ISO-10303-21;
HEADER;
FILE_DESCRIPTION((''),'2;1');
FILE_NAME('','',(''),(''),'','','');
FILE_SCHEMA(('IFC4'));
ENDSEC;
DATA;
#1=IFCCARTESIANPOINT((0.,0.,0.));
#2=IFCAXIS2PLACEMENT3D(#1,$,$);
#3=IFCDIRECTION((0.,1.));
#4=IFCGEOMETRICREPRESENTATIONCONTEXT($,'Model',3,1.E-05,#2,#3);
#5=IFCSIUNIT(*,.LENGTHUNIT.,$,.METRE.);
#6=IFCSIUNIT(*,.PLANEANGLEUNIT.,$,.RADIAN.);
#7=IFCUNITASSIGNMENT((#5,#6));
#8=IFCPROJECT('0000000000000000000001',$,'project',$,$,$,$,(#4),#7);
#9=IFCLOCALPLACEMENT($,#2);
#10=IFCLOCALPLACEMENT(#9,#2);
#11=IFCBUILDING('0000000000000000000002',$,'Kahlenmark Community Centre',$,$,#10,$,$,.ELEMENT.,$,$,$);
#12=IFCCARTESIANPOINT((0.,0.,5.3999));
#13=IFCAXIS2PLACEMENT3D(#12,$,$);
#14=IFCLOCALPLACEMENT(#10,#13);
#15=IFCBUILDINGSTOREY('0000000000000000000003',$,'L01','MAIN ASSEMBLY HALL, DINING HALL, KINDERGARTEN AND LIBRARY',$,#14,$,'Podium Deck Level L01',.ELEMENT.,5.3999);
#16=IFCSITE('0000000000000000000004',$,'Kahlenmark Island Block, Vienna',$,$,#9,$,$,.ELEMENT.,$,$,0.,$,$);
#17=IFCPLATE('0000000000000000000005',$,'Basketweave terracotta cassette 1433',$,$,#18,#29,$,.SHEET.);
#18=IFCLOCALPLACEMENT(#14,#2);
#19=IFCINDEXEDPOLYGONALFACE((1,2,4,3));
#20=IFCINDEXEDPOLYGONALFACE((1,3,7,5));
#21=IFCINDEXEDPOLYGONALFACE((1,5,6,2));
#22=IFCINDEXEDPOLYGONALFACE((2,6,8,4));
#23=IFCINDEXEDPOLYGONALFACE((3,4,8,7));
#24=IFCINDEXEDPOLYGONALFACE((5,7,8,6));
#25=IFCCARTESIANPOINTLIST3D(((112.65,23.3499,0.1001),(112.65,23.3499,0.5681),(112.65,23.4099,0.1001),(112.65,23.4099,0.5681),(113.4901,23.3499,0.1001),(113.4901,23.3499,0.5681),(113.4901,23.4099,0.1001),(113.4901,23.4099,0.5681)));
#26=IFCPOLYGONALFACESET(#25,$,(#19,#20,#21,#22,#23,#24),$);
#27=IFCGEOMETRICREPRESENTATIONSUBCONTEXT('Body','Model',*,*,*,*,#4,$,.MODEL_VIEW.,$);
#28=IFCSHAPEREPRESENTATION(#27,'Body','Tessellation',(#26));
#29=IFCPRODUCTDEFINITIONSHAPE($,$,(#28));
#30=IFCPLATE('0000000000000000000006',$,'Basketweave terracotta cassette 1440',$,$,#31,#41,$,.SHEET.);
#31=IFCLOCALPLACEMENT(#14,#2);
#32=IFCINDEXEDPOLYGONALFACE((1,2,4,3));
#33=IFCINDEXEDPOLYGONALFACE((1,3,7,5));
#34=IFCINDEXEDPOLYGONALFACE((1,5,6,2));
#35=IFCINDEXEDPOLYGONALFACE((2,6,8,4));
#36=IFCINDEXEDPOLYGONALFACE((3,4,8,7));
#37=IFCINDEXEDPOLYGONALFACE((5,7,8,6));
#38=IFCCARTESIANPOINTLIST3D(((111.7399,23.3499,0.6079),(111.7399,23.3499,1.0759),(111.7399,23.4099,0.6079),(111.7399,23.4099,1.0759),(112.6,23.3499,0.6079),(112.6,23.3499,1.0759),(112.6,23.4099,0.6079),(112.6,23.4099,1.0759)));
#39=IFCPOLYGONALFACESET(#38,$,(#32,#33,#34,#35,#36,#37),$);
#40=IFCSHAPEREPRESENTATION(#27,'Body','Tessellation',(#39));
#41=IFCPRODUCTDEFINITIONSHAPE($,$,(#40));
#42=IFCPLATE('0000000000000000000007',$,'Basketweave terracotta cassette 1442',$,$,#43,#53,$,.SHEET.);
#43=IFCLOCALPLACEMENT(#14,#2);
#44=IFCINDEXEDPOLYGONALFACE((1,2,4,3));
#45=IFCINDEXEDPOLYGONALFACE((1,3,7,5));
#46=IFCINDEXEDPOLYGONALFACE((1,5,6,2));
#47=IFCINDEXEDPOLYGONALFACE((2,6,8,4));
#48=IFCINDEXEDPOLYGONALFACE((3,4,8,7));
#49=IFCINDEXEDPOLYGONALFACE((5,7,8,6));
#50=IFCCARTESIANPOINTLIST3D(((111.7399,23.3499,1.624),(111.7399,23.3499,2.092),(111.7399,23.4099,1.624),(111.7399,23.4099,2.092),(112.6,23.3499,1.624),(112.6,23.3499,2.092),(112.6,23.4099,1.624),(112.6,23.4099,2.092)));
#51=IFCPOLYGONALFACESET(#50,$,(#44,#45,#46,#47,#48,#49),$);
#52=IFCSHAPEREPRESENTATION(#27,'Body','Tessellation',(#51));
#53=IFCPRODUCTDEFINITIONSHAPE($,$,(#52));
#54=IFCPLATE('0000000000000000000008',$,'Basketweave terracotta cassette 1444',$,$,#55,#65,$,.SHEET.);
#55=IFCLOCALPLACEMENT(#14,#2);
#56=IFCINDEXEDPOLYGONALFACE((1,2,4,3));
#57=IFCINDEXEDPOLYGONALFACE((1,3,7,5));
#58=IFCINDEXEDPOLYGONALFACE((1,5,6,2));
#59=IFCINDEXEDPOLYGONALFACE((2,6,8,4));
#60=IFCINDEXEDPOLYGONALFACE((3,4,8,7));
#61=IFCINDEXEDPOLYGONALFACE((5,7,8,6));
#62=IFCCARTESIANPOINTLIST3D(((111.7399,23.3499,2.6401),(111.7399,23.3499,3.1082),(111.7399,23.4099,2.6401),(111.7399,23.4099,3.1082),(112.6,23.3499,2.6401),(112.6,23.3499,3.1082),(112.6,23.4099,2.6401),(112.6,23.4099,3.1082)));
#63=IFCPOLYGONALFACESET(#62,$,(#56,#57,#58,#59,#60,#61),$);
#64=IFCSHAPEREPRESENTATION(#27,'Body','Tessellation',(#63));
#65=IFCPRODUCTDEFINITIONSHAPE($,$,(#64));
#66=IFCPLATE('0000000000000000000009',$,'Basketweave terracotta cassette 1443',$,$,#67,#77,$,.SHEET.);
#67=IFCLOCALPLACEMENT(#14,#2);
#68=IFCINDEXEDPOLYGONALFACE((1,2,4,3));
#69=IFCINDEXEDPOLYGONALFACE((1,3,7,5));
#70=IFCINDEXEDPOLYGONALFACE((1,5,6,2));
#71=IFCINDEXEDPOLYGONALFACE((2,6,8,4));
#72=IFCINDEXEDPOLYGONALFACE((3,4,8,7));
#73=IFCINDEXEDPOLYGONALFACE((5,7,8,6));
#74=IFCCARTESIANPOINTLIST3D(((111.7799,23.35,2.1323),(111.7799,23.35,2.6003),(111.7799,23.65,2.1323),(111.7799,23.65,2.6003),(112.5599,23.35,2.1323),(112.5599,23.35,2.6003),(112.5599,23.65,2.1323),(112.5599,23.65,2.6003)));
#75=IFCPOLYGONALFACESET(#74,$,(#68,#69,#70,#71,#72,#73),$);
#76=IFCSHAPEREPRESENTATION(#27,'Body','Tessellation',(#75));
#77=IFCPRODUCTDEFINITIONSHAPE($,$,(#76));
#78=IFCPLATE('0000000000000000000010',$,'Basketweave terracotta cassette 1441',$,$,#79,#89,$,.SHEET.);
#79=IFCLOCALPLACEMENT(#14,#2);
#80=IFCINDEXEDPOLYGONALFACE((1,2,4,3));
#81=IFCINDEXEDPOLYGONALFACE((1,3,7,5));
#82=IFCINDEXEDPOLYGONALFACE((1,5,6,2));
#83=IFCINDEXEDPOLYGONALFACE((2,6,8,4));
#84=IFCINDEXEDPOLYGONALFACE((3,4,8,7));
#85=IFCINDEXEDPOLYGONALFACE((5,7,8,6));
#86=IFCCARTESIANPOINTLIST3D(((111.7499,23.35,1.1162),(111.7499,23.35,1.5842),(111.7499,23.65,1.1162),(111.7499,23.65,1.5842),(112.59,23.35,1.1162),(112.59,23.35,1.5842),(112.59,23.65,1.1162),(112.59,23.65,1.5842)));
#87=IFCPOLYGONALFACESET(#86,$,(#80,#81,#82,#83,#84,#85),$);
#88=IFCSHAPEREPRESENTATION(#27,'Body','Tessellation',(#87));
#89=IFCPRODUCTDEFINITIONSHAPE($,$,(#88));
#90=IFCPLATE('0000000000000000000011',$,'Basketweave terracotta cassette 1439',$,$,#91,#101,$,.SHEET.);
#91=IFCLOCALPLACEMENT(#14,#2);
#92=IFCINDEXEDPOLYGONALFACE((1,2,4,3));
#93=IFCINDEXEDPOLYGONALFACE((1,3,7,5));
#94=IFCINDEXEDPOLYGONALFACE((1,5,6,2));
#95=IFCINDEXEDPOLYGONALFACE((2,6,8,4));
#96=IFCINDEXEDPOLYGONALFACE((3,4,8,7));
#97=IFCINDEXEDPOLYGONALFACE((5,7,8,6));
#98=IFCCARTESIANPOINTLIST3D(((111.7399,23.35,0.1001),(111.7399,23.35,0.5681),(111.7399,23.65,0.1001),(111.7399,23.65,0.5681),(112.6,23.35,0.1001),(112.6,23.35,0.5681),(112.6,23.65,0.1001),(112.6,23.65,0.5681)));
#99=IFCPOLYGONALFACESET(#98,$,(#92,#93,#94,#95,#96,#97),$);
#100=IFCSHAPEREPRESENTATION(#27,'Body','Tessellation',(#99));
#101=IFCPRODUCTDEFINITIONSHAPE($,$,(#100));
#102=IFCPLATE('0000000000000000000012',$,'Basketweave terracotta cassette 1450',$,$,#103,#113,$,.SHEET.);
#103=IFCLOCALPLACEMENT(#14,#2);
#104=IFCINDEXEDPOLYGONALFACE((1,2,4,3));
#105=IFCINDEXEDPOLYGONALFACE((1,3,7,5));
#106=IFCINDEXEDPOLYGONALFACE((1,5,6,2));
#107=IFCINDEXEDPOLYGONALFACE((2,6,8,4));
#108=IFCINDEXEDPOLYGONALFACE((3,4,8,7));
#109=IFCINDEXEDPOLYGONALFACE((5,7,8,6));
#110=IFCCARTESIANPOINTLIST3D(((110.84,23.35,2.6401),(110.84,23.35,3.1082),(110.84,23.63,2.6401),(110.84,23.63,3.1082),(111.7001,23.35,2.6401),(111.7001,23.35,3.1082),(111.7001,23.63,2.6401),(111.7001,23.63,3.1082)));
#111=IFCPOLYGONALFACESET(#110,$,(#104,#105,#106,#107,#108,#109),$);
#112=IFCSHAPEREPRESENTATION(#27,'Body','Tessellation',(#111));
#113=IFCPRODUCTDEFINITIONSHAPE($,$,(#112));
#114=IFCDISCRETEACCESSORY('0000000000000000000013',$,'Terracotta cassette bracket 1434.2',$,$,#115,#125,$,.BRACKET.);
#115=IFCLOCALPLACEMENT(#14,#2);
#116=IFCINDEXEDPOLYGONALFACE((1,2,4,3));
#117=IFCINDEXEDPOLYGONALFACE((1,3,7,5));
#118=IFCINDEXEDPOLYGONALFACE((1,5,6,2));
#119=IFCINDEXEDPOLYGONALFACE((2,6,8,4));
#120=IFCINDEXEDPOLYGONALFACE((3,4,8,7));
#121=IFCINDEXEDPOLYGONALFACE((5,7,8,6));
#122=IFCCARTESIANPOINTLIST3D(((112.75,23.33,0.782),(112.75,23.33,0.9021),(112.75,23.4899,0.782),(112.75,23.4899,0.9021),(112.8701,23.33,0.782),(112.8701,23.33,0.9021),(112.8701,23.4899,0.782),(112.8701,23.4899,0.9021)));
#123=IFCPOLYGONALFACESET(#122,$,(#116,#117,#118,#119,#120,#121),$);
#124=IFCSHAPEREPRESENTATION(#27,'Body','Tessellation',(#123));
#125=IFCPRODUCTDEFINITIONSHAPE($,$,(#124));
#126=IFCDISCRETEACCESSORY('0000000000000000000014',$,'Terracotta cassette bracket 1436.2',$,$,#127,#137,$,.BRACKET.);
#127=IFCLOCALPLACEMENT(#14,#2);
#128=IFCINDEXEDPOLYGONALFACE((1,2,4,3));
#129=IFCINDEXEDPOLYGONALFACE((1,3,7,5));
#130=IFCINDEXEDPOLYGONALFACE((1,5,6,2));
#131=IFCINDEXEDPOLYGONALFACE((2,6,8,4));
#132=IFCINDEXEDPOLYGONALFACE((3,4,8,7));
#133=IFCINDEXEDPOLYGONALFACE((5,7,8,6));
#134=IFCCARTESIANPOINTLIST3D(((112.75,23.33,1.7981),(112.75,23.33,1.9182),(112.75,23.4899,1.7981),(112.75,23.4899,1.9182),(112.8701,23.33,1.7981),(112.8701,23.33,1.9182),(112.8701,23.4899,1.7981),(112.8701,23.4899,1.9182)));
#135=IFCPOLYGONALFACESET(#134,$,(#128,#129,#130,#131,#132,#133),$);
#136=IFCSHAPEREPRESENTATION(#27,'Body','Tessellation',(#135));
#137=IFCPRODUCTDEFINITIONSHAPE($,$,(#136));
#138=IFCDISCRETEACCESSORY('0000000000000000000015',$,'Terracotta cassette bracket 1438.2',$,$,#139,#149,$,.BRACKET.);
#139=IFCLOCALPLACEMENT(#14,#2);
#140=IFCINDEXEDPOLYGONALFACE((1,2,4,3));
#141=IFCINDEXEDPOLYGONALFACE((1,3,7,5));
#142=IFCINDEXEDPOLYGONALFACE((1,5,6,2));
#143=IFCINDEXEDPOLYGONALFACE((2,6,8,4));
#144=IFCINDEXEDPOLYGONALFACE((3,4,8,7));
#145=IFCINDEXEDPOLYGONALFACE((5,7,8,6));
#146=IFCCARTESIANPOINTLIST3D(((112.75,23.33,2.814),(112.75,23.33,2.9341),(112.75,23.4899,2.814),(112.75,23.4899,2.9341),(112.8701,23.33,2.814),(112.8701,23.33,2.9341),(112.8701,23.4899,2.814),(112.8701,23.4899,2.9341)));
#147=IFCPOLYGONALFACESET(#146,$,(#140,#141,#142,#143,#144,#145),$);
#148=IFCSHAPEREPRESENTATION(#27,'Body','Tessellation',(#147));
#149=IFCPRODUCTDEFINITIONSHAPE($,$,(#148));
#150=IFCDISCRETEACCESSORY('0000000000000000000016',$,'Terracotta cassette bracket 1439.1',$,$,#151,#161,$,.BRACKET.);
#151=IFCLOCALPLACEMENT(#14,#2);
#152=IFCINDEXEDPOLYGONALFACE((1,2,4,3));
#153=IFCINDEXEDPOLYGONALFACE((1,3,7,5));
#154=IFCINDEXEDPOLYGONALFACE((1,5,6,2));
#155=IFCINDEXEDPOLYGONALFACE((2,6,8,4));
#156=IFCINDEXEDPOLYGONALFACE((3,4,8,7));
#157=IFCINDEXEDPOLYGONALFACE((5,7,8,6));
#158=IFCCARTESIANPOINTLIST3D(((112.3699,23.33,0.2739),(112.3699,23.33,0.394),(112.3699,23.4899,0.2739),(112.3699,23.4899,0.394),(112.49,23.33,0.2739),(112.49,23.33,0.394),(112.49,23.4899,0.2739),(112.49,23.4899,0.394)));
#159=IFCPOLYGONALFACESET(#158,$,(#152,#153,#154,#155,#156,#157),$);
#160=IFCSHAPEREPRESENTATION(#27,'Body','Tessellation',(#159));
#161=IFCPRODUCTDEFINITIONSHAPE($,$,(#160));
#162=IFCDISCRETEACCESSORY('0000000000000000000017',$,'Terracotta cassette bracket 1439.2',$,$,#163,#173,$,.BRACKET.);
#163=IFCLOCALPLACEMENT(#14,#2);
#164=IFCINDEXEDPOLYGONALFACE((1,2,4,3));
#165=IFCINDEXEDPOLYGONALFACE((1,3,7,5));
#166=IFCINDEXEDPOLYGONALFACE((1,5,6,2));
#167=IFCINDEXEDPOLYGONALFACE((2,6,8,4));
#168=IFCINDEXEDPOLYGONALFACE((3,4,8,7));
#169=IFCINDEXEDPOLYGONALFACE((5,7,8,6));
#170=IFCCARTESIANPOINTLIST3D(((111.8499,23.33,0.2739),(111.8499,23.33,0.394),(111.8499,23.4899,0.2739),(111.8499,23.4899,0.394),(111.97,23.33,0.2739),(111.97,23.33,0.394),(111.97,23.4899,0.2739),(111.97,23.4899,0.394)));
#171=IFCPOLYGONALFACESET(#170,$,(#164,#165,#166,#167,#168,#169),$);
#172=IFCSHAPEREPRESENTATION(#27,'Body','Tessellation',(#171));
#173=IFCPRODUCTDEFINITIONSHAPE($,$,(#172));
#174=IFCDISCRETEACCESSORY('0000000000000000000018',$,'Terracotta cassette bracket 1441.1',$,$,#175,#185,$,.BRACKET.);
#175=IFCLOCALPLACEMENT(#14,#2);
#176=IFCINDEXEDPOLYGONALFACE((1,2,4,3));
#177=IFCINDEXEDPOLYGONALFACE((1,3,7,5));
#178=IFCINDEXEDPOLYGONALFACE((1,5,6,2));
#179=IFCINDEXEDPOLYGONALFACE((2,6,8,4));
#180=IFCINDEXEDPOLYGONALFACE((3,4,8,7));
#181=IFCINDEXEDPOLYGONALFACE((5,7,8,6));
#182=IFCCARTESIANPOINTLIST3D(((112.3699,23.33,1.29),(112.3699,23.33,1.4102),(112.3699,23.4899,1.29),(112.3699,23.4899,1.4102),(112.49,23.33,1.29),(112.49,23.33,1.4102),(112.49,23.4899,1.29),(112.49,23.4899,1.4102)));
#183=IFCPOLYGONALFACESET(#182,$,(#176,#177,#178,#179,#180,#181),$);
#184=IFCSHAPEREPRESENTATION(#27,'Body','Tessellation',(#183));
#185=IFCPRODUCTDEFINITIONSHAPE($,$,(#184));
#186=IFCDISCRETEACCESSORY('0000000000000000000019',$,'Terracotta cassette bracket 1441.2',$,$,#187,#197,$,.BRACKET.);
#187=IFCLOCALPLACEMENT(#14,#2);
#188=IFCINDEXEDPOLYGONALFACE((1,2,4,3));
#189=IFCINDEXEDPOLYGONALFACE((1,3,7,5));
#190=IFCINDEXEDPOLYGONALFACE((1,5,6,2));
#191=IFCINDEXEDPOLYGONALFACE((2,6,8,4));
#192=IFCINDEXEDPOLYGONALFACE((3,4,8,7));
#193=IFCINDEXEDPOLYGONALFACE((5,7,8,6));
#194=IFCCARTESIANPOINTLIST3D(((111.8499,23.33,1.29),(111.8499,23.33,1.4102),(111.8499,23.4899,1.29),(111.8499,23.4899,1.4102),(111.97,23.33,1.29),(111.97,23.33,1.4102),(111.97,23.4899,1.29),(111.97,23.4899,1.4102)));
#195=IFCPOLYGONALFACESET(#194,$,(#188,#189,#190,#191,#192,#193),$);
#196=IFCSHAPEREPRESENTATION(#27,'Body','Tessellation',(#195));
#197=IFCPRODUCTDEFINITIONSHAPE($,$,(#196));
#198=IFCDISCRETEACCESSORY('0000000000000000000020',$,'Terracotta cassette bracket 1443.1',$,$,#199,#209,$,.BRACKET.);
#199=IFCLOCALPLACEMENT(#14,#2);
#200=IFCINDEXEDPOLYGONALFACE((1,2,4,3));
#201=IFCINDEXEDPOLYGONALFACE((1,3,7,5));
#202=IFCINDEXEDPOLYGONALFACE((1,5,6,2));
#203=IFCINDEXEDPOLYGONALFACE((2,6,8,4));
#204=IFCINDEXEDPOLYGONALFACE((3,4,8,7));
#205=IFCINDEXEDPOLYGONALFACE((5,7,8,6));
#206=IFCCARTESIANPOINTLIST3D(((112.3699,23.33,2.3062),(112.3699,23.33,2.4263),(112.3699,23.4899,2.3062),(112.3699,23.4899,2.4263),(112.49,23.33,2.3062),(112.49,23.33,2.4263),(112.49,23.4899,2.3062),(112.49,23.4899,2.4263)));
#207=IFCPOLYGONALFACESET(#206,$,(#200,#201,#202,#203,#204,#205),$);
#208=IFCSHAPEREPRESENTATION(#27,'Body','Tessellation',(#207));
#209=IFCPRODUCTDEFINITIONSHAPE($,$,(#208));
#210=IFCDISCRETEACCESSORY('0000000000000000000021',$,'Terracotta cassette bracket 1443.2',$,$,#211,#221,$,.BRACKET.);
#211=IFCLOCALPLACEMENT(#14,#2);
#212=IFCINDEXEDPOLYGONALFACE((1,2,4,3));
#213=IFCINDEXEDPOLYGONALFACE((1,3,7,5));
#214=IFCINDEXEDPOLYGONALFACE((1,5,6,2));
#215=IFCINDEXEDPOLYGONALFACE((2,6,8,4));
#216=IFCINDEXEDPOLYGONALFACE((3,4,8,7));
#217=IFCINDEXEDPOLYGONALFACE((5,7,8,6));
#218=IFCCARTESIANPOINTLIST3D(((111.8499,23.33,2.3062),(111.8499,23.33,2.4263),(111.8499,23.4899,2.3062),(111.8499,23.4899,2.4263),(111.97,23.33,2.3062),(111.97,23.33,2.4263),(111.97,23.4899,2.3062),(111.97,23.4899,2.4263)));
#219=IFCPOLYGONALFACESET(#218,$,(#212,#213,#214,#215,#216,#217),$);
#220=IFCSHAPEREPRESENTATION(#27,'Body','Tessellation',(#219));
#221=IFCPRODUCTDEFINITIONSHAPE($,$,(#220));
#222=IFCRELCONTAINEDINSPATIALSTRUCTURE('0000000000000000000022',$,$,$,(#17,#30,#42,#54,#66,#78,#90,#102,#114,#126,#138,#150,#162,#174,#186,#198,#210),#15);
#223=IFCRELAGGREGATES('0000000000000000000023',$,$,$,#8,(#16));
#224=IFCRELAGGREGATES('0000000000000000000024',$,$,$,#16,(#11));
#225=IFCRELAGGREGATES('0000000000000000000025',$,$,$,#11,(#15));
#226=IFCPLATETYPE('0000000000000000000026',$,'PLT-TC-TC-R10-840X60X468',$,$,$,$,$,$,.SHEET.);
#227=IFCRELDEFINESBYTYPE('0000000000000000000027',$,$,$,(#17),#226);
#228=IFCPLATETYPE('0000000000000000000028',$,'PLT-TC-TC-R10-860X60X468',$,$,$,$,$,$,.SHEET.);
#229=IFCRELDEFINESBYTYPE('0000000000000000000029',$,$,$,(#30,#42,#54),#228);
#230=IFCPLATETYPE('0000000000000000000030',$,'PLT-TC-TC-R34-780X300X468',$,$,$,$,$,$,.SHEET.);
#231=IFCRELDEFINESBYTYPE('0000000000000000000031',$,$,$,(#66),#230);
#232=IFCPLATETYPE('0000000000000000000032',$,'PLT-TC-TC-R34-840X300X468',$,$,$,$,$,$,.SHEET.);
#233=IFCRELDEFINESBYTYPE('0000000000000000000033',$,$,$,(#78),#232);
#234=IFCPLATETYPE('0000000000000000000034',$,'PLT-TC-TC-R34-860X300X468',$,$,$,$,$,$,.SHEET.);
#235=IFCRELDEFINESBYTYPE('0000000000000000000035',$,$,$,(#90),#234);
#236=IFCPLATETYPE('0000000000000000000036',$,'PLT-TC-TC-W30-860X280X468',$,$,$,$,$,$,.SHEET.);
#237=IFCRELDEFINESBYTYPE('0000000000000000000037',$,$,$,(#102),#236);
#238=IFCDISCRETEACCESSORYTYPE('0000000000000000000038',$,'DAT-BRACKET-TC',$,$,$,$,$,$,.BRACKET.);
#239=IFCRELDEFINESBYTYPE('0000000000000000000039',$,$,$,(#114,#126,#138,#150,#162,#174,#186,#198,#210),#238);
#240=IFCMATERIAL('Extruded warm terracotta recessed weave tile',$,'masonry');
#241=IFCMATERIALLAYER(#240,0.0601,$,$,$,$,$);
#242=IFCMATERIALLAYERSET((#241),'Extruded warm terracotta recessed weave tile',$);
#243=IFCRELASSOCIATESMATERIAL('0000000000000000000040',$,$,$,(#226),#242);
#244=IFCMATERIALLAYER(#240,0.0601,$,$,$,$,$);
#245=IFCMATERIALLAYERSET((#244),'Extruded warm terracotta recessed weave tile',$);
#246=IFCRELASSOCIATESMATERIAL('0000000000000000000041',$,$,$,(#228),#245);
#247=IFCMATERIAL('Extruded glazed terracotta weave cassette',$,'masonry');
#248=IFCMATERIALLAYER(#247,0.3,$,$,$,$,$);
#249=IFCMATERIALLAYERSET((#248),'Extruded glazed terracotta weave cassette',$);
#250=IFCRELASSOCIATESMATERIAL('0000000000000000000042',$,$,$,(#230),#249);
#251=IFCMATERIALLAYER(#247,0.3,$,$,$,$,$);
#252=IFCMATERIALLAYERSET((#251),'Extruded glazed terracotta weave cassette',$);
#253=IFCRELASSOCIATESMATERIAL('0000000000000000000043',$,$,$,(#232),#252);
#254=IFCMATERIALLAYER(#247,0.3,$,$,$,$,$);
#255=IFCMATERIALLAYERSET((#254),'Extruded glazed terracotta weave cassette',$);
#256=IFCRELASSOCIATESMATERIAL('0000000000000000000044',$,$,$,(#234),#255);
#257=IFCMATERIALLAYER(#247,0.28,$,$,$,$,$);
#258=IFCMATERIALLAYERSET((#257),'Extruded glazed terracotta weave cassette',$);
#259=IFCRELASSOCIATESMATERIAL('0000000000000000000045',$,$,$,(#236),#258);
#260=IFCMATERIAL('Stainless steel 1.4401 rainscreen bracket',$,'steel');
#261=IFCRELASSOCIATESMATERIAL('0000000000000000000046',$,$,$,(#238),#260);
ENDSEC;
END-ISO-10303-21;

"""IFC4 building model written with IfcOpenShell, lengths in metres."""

from ifc_helpers import new_model, si_unit, direction, frame, origin, origin_2d, place, context, subcontext, project, spatial, rectangle, extrude, material, layer, layer_set, type_object, element, save


model = new_model("IFC4")

# Units and contexts
model_context = context("Model", 3, precision=1e-05, world=origin(), true_north=direction((0.0, 1.0)))
body_context = subcontext(model_context, "Body", "Model", "MODEL_VIEW")
ifc_project = project(units=[si_unit("LENGTHUNIT", "METRE"), si_unit("PLANEANGLEUNIT", "RADIAN")], contexts=[model_context])

# Site, building, storey
site_placement = place(None, origin())
site = spatial("IfcSite", under=ifc_project, at=site_placement, Name="Kahlenmark Island Block, Vienna", CompositionType="ELEMENT", RefElevation=0.0)
building_placement = place(site_placement, origin())
building = spatial("IfcBuilding", under=site, at=building_placement, Name="Kahlenmark Community Centre", CompositionType="ELEMENT")
storey_placement = place(building_placement, frame((0.0, 0.0, 5.3999)))
storey = spatial("IfcBuildingStorey", under=building, at=storey_placement, Name="L01", Description="MAIN ASSEMBLY HALL, DINING HALL, KINDERGARTEN AND LIBRARY", LongName="Podium Deck Level L01", CompositionType="ELEMENT", Elevation=5.3999)

# Plates
ifc_material_1 = material(Name="Extruded warm terracotta recessed weave tile", Category="masonry")
ifc_layer_1 = layer(ifc_material_1, 0.0601)
ifc_layer_set_1 = layer_set([ifc_layer_1], Name="Extruded warm terracotta recessed weave tile")
plate_type_1 = type_object("IfcPlateType", Name="PLT-TC-TC-R10-840X60X468", PredefinedType="SHEET", material=ifc_layer_set_1)
plate_1_placement = place(storey_placement, frame((113.0701, 23.3799, 0.1001), z_axis=(0.0, 0.0, 1.0), x_axis=(-1.0, 0.0, 0.0)))
element("IfcPlate", 1, at=plate_1_placement, inside=storey, type_object=plate_type_1, Name="Basketweave terracotta cassette 1433", PredefinedType="SHEET", context=body_context, shape_type="SweptSolid", body=[
    extrude(rectangle(XDim=0.8401, YDim=0.0601, at=origin_2d()), origin(), (0.0, 0.0, 1.0), 0.468),
])
ifc_layer_2 = layer(ifc_material_1, 0.0601)
ifc_layer_set_2 = layer_set([ifc_layer_2], Name="Extruded warm terracotta recessed weave tile")
plate_type_2 = type_object("IfcPlateType", Name="PLT-TC-TC-R10-860X60X468", PredefinedType="SHEET", material=ifc_layer_set_2)
for number, where, z_axis, x_axis, name in (
    (2, (112.1699, 23.3799, 0.6079), (0.0, 0.0, 1.0), (-1.0, 0.0, 0.0), "Basketweave terracotta cassette 1440"),
    (3, (112.1699, 23.3799, 1.624), (0.0, 0.0, 1.0), (-1.0, 0.0, 0.0), "Basketweave terracotta cassette 1442"),
    (4, (112.1699, 23.3799, 2.6401), (0.0, 0.0, 1.0), (-1.0, 0.0, 0.0), "Basketweave terracotta cassette 1444"),
):
    element("IfcPlate", number, at=place(storey_placement, frame(where, z_axis=z_axis, x_axis=x_axis)), inside=storey, type_object=plate_type_2, Name=name, PredefinedType="SHEET", context=body_context, shape_type="SweptSolid", body=[
        extrude(rectangle(XDim=0.8601, YDim=0.0601, at=origin_2d()), origin(), (0.0, 0.0, 1.0), 0.468),
    ])
ifc_material_2 = material(Name="Extruded glazed terracotta weave cassette", Category="masonry")
ifc_layer_3 = layer(ifc_material_2, 0.3)
ifc_layer_set_3 = layer_set([ifc_layer_3], Name="Extruded glazed terracotta weave cassette")
plate_type_3 = type_object("IfcPlateType", Name="PLT-TC-TC-R34-780X300X468", PredefinedType="SHEET", material=ifc_layer_set_3)
plate_2_placement = place(storey_placement, frame((112.1699, 23.5, 2.1323), z_axis=(0.0, 0.0, 1.0), x_axis=(-1.0, 0.0, 0.0)))
element("IfcPlate", 5, at=plate_2_placement, inside=storey, type_object=plate_type_3, Name="Basketweave terracotta cassette 1443", PredefinedType="SHEET", context=body_context, shape_type="SweptSolid", body=[
    extrude(rectangle(XDim=0.78, YDim=0.3, at=origin_2d()), origin(), (0.0, 0.0, 1.0), 0.468),
])
ifc_layer_4 = layer(ifc_material_2, 0.3)
ifc_layer_set_4 = layer_set([ifc_layer_4], Name="Extruded glazed terracotta weave cassette")
plate_type_4 = type_object("IfcPlateType", Name="PLT-TC-TC-R34-840X300X468", PredefinedType="SHEET", material=ifc_layer_set_4)
plate_3_placement = place(storey_placement, frame((112.1699, 23.5, 1.1162), z_axis=(0.0, 0.0, 1.0), x_axis=(-1.0, 0.0, 0.0)))
element("IfcPlate", 6, at=plate_3_placement, inside=storey, type_object=plate_type_4, Name="Basketweave terracotta cassette 1441", PredefinedType="SHEET", context=body_context, shape_type="SweptSolid", body=[
    extrude(rectangle(XDim=0.8401, YDim=0.3, at=origin_2d()), origin(), (0.0, 0.0, 1.0), 0.468),
])
ifc_layer_5 = layer(ifc_material_2, 0.3)
ifc_layer_set_5 = layer_set([ifc_layer_5], Name="Extruded glazed terracotta weave cassette")
plate_type_5 = type_object("IfcPlateType", Name="PLT-TC-TC-R34-860X300X468", PredefinedType="SHEET", material=ifc_layer_set_5)
plate_4_placement = place(storey_placement, frame((112.1699, 23.5, 0.1001), z_axis=(0.0, 0.0, 1.0), x_axis=(-1.0, 0.0, 0.0)))
element("IfcPlate", 7, at=plate_4_placement, inside=storey, type_object=plate_type_5, Name="Basketweave terracotta cassette 1439", PredefinedType="SHEET", context=body_context, shape_type="SweptSolid", body=[
    extrude(rectangle(XDim=0.8601, YDim=0.3, at=origin_2d()), origin(), (0.0, 0.0, 1.0), 0.468),
])
ifc_layer_6 = layer(ifc_material_2, 0.28)
ifc_layer_set_6 = layer_set([ifc_layer_6], Name="Extruded glazed terracotta weave cassette")
plate_type_6 = type_object("IfcPlateType", Name="PLT-TC-TC-W30-860X280X468", PredefinedType="SHEET", material=ifc_layer_set_6)
plate_5_placement = place(storey_placement, frame((111.27, 23.49, 2.6401), z_axis=(0.0, 0.0, 1.0), x_axis=(-1.0, 0.0, 0.0)))
element("IfcPlate", 8, at=plate_5_placement, inside=storey, type_object=plate_type_6, Name="Basketweave terracotta cassette 1450", PredefinedType="SHEET", context=body_context, shape_type="SweptSolid", body=[
    extrude(rectangle(XDim=0.8601, YDim=0.28, at=origin_2d()), origin(), (0.0, 0.0, 1.0), 0.468),
])

# Discrete accessories
ifc_material_3 = material(Name="Stainless steel 1.4401 rainscreen bracket", Category="steel")
discrete_accessory_type = type_object("IfcDiscreteAccessoryType", Name="DAT-BRACKET-TC", PredefinedType="BRACKET", material=ifc_material_3)
for number, where, z_axis, x_axis, name in (
    (9, (112.8101, 23.4099, 0.782), (0.0, 0.0, 1.0), (-1.0, 0.0, 0.0), "Terracotta cassette bracket 1434.2"),
    (10, (112.8101, 23.4099, 1.7981), (0.0, 0.0, 1.0), (-1.0, 0.0, 0.0), "Terracotta cassette bracket 1436.2"),
    (11, (112.8101, 23.4099, 2.814), (0.0, 0.0, 1.0), (-1.0, 0.0, 0.0), "Terracotta cassette bracket 1438.2"),
    (12, (112.4299, 23.4099, 0.2739), (0.0, 0.0, 1.0), (-1.0, 0.0, 0.0), "Terracotta cassette bracket 1439.1"),
    (13, (111.9099, 23.4099, 0.2739), (0.0, 0.0, 1.0), (-1.0, 0.0, 0.0), "Terracotta cassette bracket 1439.2"),
    (14, (112.4299, 23.4099, 1.29), (0.0, 0.0, 1.0), (-1.0, 0.0, 0.0), "Terracotta cassette bracket 1441.1"),
    (15, (111.9099, 23.4099, 1.29), (0.0, 0.0, 1.0), (-1.0, 0.0, 0.0), "Terracotta cassette bracket 1441.2"),
    (16, (112.4299, 23.4099, 2.3062), (0.0, 0.0, 1.0), (-1.0, 0.0, 0.0), "Terracotta cassette bracket 1443.1"),
    (17, (111.9099, 23.4099, 2.3062), (0.0, 0.0, 1.0), (-1.0, 0.0, 0.0), "Terracotta cassette bracket 1443.2"),
):
    element("IfcDiscreteAccessory", number, at=place(storey_placement, frame(where, z_axis=z_axis, x_axis=x_axis)), inside=storey, type_object=discrete_accessory_type, Name=name, PredefinedType="BRACKET", context=body_context, shape_type="SweptSolid", body=[
        extrude(rectangle(XDim=0.1201, YDim=0.1599, at=origin_2d()), origin(), (0.0, 0.0, 1.0), 0.1201),
    ])

save(model, "model.ifc")
